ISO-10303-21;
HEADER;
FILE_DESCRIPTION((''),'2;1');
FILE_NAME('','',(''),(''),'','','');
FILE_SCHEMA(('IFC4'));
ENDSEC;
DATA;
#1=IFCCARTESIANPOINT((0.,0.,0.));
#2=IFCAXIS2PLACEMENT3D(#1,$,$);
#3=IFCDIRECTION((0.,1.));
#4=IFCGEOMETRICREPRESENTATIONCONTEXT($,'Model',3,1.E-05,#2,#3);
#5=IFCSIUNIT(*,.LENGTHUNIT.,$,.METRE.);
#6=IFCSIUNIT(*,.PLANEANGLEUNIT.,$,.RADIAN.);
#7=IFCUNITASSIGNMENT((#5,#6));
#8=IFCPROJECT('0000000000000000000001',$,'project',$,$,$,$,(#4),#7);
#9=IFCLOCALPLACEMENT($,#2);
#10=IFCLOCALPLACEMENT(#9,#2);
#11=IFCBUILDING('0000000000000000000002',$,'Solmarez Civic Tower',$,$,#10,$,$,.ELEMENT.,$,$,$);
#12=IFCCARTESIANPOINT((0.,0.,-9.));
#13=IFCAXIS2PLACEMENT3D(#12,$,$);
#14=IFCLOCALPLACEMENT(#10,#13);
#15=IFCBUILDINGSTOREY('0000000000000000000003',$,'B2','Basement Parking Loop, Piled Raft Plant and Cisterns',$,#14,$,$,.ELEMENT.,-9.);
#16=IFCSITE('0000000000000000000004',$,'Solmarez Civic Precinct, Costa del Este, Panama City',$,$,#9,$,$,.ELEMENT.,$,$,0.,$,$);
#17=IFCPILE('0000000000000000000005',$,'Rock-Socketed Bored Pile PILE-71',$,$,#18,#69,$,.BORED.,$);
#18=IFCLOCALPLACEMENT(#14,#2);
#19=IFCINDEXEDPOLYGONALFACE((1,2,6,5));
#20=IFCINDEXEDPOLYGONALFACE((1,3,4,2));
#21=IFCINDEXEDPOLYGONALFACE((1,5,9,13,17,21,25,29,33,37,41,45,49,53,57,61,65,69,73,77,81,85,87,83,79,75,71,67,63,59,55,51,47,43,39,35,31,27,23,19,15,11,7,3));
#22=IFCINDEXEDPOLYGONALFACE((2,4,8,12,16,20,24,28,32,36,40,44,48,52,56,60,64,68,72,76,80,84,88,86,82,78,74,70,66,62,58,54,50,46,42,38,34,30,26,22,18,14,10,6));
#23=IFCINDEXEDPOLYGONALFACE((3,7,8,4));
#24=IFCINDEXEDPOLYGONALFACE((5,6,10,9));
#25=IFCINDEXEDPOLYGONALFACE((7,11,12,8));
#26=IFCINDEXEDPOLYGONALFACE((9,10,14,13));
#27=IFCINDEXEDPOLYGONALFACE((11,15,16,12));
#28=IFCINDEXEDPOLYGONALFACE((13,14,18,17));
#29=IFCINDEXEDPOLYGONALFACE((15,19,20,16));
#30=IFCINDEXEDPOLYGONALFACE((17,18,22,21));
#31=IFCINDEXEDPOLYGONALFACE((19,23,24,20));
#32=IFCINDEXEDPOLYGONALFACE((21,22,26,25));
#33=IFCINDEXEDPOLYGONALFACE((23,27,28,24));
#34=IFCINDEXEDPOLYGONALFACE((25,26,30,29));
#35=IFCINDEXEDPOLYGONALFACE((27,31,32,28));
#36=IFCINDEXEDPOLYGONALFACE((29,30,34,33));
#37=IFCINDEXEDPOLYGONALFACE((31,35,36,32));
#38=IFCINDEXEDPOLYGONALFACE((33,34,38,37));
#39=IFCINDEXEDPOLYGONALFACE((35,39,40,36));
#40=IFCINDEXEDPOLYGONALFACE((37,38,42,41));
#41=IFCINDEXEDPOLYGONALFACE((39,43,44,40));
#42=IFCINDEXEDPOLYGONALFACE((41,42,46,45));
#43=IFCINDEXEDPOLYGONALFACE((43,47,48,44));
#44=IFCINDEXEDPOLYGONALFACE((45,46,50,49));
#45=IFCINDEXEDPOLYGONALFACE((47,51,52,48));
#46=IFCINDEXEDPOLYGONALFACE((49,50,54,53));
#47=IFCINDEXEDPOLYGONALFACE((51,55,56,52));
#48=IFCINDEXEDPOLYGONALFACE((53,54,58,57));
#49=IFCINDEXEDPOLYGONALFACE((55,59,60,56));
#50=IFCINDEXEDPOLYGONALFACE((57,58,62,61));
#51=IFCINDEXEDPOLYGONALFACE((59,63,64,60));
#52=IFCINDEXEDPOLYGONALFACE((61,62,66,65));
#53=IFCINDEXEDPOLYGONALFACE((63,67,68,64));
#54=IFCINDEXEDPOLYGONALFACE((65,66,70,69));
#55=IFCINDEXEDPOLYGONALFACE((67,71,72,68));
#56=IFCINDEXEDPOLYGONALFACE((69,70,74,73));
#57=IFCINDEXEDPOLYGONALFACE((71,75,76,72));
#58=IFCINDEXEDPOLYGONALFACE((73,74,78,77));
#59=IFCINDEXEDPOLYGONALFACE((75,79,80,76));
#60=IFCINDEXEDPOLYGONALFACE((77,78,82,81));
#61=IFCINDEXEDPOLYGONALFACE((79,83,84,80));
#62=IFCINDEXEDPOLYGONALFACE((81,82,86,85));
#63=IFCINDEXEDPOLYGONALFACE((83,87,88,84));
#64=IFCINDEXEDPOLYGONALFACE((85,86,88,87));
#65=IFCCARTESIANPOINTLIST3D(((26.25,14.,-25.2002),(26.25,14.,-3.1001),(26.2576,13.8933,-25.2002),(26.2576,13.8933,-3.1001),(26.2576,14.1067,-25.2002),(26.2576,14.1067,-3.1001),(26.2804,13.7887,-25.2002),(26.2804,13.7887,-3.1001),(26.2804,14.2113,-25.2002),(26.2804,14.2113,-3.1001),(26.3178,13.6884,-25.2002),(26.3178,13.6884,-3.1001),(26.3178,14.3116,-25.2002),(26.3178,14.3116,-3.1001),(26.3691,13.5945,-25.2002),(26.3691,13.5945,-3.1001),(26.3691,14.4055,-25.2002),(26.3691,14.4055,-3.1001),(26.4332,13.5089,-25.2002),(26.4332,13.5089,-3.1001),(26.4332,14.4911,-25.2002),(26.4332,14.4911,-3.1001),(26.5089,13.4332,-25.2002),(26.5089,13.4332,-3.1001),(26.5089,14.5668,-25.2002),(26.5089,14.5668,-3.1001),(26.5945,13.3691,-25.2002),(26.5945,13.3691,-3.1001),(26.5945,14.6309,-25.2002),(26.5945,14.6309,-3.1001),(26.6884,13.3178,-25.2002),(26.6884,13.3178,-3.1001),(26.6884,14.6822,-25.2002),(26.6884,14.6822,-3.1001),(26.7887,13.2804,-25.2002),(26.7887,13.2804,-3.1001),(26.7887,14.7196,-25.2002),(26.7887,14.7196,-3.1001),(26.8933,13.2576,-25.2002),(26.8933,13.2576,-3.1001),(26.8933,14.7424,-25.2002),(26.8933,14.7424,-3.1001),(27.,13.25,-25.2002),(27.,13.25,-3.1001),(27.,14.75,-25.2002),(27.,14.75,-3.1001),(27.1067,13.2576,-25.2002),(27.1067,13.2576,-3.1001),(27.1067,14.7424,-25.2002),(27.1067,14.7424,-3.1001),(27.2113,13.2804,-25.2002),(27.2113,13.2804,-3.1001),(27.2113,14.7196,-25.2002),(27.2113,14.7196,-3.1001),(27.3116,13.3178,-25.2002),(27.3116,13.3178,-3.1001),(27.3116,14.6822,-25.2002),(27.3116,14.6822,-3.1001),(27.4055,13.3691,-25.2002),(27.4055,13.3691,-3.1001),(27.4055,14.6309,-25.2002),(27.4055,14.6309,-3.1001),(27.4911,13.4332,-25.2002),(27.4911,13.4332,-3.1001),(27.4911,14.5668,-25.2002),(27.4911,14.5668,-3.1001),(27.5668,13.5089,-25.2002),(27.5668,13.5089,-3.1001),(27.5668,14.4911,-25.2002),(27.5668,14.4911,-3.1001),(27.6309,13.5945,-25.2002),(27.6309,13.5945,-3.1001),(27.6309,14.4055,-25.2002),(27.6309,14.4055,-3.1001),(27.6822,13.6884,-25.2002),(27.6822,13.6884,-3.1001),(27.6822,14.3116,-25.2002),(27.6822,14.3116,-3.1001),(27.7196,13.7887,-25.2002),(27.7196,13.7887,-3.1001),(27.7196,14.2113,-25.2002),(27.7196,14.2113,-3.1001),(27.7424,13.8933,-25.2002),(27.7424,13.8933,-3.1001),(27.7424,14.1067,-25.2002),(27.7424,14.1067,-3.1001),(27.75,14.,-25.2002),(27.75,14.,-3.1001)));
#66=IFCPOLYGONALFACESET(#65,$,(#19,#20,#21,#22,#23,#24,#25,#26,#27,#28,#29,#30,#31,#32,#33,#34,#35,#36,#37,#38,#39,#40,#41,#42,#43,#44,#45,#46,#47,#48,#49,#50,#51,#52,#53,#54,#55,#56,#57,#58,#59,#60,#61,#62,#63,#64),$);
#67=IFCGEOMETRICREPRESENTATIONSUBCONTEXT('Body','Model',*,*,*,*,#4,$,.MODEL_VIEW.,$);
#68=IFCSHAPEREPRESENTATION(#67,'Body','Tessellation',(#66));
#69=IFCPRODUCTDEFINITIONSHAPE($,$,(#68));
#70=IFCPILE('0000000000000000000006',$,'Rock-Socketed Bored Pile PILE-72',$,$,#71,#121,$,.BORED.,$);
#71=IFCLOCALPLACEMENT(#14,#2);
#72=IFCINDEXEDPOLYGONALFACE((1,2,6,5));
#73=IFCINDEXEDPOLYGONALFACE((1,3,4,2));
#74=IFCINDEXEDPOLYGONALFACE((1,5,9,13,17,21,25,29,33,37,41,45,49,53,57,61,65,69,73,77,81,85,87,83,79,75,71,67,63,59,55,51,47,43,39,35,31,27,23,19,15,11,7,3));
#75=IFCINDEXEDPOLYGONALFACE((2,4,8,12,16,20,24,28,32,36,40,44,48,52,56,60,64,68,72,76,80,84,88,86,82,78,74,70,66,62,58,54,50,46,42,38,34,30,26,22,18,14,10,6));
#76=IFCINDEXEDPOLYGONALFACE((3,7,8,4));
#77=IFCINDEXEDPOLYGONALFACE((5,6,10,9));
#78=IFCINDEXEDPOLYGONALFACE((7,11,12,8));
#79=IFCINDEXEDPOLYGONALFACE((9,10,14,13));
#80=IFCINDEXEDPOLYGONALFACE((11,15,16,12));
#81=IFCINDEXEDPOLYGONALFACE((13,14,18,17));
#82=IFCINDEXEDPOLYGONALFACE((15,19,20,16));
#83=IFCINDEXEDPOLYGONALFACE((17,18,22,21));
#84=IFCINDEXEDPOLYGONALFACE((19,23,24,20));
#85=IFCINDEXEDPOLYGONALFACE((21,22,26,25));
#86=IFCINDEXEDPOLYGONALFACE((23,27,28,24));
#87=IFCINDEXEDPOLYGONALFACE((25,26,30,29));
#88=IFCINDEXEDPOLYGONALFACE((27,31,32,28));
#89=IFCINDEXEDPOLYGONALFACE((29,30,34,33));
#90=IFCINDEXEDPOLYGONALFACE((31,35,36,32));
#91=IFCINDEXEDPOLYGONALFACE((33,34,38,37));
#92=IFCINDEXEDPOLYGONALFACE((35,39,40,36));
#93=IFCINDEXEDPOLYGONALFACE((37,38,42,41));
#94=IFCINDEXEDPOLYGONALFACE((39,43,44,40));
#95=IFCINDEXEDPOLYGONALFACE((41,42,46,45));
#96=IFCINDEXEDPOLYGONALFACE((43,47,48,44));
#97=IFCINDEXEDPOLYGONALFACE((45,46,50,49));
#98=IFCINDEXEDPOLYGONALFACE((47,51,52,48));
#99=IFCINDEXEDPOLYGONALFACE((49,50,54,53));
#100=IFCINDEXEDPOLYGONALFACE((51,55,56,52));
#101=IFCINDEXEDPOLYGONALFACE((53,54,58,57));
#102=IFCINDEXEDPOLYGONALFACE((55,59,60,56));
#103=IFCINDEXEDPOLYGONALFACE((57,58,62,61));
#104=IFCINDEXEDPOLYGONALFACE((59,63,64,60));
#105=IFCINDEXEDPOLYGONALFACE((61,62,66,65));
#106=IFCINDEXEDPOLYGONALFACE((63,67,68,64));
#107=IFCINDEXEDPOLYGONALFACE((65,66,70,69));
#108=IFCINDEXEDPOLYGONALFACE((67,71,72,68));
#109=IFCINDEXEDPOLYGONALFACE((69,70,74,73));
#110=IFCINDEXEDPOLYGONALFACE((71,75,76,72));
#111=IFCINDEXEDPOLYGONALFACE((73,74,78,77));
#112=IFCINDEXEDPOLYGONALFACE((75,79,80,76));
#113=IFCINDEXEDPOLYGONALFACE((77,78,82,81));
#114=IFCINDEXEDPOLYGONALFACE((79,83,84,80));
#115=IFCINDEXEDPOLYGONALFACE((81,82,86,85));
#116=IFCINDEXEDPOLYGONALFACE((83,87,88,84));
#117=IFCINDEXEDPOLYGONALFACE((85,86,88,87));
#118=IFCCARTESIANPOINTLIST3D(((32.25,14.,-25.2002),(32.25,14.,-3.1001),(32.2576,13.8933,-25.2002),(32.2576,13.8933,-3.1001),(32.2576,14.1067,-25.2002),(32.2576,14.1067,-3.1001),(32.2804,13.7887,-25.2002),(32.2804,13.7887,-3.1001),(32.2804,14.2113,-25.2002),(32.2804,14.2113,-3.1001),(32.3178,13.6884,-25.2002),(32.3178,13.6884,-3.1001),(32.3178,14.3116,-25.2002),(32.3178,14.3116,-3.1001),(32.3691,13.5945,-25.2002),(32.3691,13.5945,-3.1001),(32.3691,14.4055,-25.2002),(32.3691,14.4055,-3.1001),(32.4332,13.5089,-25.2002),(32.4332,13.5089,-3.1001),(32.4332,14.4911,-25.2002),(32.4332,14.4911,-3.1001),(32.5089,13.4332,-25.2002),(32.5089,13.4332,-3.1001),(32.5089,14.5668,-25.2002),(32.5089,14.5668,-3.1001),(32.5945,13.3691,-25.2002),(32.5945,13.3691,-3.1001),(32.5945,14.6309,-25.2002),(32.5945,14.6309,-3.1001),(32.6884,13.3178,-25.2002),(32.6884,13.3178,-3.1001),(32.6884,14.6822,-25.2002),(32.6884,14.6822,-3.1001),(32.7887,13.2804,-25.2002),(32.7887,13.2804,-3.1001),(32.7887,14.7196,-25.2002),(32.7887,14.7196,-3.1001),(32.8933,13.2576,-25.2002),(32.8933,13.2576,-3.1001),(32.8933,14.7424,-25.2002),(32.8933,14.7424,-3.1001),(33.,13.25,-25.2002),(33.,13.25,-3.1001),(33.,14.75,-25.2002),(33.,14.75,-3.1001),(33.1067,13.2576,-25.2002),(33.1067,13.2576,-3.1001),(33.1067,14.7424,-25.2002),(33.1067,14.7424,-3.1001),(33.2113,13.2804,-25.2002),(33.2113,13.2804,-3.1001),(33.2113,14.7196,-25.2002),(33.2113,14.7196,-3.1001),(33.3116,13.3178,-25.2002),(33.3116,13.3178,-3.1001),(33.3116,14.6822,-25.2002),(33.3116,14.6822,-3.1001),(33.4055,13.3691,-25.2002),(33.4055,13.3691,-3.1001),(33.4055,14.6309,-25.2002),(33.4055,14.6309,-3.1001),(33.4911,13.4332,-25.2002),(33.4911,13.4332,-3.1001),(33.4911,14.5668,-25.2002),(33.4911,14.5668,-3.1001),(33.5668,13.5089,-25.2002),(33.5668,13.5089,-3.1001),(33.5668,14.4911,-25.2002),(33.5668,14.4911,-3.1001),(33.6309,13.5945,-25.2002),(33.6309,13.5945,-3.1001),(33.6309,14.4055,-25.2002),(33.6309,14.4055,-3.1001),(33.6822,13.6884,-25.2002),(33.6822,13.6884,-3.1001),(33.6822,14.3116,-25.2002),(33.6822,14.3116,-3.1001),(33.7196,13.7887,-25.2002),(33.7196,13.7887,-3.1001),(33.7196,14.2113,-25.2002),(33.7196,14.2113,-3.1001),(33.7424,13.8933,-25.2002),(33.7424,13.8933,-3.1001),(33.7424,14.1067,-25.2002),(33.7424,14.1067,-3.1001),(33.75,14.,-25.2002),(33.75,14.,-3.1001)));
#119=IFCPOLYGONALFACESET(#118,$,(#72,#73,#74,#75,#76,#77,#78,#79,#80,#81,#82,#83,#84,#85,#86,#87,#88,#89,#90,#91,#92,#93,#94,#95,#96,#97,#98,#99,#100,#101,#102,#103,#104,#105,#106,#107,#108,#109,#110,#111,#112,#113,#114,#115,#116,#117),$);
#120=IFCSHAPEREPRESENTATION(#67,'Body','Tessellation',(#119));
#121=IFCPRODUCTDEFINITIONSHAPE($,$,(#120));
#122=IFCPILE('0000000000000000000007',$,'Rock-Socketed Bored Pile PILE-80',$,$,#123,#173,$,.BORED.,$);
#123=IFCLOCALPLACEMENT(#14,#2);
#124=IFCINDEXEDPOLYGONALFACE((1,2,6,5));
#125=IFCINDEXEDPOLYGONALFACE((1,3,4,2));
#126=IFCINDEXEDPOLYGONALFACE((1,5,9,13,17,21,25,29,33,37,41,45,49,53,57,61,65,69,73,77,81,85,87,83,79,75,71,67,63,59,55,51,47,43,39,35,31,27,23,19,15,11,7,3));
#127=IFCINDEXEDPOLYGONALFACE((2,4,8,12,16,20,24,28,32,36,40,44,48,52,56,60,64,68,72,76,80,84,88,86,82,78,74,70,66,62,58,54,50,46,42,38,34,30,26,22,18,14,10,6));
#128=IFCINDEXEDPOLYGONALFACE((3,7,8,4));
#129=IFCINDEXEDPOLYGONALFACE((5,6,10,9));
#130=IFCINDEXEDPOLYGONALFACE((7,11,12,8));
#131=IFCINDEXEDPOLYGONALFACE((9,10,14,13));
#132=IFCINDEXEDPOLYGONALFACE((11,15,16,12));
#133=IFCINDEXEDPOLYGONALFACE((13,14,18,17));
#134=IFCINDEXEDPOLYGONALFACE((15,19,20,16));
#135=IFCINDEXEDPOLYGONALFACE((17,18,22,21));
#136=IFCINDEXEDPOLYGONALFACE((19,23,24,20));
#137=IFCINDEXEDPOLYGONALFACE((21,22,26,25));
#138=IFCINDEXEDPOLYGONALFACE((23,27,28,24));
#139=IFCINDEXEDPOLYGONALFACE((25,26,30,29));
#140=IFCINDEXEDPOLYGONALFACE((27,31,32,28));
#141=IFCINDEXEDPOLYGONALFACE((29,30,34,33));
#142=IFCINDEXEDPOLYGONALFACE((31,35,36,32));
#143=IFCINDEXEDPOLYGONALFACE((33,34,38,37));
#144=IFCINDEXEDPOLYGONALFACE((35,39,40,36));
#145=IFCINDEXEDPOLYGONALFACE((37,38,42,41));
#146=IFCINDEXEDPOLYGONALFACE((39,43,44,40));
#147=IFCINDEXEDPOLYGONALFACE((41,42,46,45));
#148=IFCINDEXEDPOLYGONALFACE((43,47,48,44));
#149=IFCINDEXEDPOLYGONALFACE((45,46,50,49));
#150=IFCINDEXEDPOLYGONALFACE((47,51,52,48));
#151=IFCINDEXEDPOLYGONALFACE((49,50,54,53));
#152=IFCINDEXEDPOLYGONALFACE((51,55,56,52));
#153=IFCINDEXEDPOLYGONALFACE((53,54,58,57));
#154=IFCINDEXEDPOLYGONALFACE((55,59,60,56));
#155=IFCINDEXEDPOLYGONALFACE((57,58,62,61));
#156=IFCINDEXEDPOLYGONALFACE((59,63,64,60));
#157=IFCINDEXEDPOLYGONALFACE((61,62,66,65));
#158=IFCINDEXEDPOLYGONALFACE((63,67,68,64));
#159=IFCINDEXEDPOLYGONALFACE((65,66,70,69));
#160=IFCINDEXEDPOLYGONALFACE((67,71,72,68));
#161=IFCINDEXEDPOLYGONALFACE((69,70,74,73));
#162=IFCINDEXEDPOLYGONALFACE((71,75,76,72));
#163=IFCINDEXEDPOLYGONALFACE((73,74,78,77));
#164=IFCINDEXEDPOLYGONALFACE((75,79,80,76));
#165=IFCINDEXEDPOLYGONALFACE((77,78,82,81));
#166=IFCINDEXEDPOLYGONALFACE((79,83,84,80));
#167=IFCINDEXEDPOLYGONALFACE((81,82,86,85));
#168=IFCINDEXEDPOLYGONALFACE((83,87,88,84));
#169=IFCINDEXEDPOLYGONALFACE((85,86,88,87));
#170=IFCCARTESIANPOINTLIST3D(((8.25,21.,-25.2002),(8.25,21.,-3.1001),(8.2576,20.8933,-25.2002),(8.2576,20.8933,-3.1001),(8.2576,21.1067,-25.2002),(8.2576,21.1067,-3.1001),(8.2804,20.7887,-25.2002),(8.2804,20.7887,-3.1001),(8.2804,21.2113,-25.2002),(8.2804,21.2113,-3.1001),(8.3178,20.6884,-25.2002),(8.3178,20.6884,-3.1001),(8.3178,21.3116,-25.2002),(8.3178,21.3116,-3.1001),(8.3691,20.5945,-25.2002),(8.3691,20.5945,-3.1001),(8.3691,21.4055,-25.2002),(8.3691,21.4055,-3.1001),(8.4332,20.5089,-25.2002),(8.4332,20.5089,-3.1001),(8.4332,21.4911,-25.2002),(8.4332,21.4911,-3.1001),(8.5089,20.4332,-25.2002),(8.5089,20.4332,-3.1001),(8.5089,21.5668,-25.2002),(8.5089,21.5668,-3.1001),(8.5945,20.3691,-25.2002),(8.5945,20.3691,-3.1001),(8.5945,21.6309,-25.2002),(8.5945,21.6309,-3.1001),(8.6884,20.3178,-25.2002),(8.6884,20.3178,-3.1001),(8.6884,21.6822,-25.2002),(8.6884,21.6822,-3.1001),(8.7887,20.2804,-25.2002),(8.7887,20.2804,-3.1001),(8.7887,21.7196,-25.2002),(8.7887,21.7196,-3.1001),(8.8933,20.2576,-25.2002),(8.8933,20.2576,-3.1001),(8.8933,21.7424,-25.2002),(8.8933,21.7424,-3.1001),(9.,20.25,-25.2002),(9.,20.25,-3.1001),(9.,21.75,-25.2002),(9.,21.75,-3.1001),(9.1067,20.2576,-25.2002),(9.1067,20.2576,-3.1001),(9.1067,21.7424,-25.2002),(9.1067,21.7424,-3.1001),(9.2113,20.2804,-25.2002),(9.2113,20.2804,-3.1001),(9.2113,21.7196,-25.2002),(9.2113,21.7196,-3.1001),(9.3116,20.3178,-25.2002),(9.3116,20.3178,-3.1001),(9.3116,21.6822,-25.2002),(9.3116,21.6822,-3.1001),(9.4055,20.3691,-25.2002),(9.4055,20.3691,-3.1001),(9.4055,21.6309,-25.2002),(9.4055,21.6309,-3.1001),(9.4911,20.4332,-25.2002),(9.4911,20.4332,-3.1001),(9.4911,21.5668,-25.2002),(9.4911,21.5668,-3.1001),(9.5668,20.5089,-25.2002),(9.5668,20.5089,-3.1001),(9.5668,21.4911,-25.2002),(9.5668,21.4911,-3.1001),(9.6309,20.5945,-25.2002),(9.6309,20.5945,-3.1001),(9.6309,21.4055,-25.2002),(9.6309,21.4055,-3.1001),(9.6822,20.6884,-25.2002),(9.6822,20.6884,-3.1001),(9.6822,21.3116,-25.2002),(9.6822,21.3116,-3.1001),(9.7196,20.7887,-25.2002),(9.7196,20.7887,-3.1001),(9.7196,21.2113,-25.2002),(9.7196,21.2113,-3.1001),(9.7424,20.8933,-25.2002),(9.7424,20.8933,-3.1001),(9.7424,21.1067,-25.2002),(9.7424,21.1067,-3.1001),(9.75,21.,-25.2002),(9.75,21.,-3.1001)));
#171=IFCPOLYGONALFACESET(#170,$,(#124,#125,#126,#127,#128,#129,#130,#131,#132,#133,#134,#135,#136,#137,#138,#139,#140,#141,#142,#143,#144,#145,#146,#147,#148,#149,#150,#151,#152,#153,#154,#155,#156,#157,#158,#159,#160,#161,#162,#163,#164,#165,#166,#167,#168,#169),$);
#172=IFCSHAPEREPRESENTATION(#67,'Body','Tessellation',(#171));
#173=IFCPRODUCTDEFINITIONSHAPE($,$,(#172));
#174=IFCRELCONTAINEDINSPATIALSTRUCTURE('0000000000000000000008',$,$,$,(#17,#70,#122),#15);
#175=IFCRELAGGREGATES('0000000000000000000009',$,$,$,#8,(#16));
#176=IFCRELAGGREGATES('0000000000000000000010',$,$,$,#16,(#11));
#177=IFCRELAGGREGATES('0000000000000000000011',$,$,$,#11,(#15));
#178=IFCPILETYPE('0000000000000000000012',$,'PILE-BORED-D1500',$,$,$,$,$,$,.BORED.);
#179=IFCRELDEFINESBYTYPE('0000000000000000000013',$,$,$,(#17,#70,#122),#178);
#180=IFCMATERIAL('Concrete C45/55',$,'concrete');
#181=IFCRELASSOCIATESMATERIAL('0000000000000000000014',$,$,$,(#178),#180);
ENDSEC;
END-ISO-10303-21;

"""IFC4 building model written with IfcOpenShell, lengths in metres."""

from ifc_helpers import new_model, si_unit, direction, frame, origin, origin_2d, place, context, subcontext, project, spatial, circle, extrude, material, material_profile, profile_set, type_object, element, save


model = new_model("IFC4")

# Units and contexts
model_context = context("Model", 3, precision=1e-05, world=origin(), true_north=direction((0.0, 1.0)))
body_context = subcontext(model_context, "Body", "Model", "MODEL_VIEW")
ifc_project = project(units=[si_unit("LENGTHUNIT", "METRE"), si_unit("PLANEANGLEUNIT", "RADIAN")], contexts=[model_context])

# Site, building, storey
site_placement = place(None, origin())
site = spatial("IfcSite", under=ifc_project, at=site_placement, Name="Solmarez Civic Precinct, Costa del Este, Panama City", CompositionType="ELEMENT", RefElevation=0.0)
building_placement = place(site_placement, origin())
building = spatial("IfcBuilding", under=site, at=building_placement, Name="Solmarez Civic Tower", CompositionType="ELEMENT")
storey_placement = place(building_placement, frame((0.0, 0.0, -9.0)))
storey = spatial("IfcBuildingStorey", under=building, at=storey_placement, Name="B2", Description="Basement Parking Loop, Piled Raft Plant and Cisterns", CompositionType="ELEMENT", Elevation=-9.0)

# Piles
ifc_material_1 = material(Name="Concrete C45/55", Category="concrete")
ifc_material_profile_1 = material_profile(ifc_material_1, circle(Radius=0.75, at=origin_2d()), Name="PILE-D1500")
ifc_profile_set_1 = profile_set([ifc_material_profile_1], Name="Concrete C45/55")
pile_type = type_object("IfcPileType", Name="PILE-BORED-D1500", PredefinedType="BORED", material=ifc_profile_set_1)
for number, where, z_axis, x_axis, name in (
    (1, (27.0, 14.0, -3.1001), (0.0, 0.0, -1.0), (1.0, 0.0, 0.0), "Rock-Socketed Bored Pile PILE-71"),
    (2, (33.0, 14.0, -3.1001), (0.0, 0.0, -1.0), (1.0, 0.0, 0.0), "Rock-Socketed Bored Pile PILE-72"),
    (3, (9.0, 21.0, -3.1001), (0.0, 0.0, -1.0), (1.0, 0.0, 0.0), "Rock-Socketed Bored Pile PILE-80"),
):
    element("IfcPile", number, at=place(storey_placement, frame(where, z_axis=z_axis, x_axis=x_axis)), inside=storey, type_object=pile_type, Name=name, PredefinedType="BORED", context=body_context, shape_type="SweptSolid", body=[
        extrude(circle(Radius=0.75, at=origin_2d()), origin(), (0.0, 0.0, 1.0), 22.1001),
    ])

save(model, "model.ifc")
